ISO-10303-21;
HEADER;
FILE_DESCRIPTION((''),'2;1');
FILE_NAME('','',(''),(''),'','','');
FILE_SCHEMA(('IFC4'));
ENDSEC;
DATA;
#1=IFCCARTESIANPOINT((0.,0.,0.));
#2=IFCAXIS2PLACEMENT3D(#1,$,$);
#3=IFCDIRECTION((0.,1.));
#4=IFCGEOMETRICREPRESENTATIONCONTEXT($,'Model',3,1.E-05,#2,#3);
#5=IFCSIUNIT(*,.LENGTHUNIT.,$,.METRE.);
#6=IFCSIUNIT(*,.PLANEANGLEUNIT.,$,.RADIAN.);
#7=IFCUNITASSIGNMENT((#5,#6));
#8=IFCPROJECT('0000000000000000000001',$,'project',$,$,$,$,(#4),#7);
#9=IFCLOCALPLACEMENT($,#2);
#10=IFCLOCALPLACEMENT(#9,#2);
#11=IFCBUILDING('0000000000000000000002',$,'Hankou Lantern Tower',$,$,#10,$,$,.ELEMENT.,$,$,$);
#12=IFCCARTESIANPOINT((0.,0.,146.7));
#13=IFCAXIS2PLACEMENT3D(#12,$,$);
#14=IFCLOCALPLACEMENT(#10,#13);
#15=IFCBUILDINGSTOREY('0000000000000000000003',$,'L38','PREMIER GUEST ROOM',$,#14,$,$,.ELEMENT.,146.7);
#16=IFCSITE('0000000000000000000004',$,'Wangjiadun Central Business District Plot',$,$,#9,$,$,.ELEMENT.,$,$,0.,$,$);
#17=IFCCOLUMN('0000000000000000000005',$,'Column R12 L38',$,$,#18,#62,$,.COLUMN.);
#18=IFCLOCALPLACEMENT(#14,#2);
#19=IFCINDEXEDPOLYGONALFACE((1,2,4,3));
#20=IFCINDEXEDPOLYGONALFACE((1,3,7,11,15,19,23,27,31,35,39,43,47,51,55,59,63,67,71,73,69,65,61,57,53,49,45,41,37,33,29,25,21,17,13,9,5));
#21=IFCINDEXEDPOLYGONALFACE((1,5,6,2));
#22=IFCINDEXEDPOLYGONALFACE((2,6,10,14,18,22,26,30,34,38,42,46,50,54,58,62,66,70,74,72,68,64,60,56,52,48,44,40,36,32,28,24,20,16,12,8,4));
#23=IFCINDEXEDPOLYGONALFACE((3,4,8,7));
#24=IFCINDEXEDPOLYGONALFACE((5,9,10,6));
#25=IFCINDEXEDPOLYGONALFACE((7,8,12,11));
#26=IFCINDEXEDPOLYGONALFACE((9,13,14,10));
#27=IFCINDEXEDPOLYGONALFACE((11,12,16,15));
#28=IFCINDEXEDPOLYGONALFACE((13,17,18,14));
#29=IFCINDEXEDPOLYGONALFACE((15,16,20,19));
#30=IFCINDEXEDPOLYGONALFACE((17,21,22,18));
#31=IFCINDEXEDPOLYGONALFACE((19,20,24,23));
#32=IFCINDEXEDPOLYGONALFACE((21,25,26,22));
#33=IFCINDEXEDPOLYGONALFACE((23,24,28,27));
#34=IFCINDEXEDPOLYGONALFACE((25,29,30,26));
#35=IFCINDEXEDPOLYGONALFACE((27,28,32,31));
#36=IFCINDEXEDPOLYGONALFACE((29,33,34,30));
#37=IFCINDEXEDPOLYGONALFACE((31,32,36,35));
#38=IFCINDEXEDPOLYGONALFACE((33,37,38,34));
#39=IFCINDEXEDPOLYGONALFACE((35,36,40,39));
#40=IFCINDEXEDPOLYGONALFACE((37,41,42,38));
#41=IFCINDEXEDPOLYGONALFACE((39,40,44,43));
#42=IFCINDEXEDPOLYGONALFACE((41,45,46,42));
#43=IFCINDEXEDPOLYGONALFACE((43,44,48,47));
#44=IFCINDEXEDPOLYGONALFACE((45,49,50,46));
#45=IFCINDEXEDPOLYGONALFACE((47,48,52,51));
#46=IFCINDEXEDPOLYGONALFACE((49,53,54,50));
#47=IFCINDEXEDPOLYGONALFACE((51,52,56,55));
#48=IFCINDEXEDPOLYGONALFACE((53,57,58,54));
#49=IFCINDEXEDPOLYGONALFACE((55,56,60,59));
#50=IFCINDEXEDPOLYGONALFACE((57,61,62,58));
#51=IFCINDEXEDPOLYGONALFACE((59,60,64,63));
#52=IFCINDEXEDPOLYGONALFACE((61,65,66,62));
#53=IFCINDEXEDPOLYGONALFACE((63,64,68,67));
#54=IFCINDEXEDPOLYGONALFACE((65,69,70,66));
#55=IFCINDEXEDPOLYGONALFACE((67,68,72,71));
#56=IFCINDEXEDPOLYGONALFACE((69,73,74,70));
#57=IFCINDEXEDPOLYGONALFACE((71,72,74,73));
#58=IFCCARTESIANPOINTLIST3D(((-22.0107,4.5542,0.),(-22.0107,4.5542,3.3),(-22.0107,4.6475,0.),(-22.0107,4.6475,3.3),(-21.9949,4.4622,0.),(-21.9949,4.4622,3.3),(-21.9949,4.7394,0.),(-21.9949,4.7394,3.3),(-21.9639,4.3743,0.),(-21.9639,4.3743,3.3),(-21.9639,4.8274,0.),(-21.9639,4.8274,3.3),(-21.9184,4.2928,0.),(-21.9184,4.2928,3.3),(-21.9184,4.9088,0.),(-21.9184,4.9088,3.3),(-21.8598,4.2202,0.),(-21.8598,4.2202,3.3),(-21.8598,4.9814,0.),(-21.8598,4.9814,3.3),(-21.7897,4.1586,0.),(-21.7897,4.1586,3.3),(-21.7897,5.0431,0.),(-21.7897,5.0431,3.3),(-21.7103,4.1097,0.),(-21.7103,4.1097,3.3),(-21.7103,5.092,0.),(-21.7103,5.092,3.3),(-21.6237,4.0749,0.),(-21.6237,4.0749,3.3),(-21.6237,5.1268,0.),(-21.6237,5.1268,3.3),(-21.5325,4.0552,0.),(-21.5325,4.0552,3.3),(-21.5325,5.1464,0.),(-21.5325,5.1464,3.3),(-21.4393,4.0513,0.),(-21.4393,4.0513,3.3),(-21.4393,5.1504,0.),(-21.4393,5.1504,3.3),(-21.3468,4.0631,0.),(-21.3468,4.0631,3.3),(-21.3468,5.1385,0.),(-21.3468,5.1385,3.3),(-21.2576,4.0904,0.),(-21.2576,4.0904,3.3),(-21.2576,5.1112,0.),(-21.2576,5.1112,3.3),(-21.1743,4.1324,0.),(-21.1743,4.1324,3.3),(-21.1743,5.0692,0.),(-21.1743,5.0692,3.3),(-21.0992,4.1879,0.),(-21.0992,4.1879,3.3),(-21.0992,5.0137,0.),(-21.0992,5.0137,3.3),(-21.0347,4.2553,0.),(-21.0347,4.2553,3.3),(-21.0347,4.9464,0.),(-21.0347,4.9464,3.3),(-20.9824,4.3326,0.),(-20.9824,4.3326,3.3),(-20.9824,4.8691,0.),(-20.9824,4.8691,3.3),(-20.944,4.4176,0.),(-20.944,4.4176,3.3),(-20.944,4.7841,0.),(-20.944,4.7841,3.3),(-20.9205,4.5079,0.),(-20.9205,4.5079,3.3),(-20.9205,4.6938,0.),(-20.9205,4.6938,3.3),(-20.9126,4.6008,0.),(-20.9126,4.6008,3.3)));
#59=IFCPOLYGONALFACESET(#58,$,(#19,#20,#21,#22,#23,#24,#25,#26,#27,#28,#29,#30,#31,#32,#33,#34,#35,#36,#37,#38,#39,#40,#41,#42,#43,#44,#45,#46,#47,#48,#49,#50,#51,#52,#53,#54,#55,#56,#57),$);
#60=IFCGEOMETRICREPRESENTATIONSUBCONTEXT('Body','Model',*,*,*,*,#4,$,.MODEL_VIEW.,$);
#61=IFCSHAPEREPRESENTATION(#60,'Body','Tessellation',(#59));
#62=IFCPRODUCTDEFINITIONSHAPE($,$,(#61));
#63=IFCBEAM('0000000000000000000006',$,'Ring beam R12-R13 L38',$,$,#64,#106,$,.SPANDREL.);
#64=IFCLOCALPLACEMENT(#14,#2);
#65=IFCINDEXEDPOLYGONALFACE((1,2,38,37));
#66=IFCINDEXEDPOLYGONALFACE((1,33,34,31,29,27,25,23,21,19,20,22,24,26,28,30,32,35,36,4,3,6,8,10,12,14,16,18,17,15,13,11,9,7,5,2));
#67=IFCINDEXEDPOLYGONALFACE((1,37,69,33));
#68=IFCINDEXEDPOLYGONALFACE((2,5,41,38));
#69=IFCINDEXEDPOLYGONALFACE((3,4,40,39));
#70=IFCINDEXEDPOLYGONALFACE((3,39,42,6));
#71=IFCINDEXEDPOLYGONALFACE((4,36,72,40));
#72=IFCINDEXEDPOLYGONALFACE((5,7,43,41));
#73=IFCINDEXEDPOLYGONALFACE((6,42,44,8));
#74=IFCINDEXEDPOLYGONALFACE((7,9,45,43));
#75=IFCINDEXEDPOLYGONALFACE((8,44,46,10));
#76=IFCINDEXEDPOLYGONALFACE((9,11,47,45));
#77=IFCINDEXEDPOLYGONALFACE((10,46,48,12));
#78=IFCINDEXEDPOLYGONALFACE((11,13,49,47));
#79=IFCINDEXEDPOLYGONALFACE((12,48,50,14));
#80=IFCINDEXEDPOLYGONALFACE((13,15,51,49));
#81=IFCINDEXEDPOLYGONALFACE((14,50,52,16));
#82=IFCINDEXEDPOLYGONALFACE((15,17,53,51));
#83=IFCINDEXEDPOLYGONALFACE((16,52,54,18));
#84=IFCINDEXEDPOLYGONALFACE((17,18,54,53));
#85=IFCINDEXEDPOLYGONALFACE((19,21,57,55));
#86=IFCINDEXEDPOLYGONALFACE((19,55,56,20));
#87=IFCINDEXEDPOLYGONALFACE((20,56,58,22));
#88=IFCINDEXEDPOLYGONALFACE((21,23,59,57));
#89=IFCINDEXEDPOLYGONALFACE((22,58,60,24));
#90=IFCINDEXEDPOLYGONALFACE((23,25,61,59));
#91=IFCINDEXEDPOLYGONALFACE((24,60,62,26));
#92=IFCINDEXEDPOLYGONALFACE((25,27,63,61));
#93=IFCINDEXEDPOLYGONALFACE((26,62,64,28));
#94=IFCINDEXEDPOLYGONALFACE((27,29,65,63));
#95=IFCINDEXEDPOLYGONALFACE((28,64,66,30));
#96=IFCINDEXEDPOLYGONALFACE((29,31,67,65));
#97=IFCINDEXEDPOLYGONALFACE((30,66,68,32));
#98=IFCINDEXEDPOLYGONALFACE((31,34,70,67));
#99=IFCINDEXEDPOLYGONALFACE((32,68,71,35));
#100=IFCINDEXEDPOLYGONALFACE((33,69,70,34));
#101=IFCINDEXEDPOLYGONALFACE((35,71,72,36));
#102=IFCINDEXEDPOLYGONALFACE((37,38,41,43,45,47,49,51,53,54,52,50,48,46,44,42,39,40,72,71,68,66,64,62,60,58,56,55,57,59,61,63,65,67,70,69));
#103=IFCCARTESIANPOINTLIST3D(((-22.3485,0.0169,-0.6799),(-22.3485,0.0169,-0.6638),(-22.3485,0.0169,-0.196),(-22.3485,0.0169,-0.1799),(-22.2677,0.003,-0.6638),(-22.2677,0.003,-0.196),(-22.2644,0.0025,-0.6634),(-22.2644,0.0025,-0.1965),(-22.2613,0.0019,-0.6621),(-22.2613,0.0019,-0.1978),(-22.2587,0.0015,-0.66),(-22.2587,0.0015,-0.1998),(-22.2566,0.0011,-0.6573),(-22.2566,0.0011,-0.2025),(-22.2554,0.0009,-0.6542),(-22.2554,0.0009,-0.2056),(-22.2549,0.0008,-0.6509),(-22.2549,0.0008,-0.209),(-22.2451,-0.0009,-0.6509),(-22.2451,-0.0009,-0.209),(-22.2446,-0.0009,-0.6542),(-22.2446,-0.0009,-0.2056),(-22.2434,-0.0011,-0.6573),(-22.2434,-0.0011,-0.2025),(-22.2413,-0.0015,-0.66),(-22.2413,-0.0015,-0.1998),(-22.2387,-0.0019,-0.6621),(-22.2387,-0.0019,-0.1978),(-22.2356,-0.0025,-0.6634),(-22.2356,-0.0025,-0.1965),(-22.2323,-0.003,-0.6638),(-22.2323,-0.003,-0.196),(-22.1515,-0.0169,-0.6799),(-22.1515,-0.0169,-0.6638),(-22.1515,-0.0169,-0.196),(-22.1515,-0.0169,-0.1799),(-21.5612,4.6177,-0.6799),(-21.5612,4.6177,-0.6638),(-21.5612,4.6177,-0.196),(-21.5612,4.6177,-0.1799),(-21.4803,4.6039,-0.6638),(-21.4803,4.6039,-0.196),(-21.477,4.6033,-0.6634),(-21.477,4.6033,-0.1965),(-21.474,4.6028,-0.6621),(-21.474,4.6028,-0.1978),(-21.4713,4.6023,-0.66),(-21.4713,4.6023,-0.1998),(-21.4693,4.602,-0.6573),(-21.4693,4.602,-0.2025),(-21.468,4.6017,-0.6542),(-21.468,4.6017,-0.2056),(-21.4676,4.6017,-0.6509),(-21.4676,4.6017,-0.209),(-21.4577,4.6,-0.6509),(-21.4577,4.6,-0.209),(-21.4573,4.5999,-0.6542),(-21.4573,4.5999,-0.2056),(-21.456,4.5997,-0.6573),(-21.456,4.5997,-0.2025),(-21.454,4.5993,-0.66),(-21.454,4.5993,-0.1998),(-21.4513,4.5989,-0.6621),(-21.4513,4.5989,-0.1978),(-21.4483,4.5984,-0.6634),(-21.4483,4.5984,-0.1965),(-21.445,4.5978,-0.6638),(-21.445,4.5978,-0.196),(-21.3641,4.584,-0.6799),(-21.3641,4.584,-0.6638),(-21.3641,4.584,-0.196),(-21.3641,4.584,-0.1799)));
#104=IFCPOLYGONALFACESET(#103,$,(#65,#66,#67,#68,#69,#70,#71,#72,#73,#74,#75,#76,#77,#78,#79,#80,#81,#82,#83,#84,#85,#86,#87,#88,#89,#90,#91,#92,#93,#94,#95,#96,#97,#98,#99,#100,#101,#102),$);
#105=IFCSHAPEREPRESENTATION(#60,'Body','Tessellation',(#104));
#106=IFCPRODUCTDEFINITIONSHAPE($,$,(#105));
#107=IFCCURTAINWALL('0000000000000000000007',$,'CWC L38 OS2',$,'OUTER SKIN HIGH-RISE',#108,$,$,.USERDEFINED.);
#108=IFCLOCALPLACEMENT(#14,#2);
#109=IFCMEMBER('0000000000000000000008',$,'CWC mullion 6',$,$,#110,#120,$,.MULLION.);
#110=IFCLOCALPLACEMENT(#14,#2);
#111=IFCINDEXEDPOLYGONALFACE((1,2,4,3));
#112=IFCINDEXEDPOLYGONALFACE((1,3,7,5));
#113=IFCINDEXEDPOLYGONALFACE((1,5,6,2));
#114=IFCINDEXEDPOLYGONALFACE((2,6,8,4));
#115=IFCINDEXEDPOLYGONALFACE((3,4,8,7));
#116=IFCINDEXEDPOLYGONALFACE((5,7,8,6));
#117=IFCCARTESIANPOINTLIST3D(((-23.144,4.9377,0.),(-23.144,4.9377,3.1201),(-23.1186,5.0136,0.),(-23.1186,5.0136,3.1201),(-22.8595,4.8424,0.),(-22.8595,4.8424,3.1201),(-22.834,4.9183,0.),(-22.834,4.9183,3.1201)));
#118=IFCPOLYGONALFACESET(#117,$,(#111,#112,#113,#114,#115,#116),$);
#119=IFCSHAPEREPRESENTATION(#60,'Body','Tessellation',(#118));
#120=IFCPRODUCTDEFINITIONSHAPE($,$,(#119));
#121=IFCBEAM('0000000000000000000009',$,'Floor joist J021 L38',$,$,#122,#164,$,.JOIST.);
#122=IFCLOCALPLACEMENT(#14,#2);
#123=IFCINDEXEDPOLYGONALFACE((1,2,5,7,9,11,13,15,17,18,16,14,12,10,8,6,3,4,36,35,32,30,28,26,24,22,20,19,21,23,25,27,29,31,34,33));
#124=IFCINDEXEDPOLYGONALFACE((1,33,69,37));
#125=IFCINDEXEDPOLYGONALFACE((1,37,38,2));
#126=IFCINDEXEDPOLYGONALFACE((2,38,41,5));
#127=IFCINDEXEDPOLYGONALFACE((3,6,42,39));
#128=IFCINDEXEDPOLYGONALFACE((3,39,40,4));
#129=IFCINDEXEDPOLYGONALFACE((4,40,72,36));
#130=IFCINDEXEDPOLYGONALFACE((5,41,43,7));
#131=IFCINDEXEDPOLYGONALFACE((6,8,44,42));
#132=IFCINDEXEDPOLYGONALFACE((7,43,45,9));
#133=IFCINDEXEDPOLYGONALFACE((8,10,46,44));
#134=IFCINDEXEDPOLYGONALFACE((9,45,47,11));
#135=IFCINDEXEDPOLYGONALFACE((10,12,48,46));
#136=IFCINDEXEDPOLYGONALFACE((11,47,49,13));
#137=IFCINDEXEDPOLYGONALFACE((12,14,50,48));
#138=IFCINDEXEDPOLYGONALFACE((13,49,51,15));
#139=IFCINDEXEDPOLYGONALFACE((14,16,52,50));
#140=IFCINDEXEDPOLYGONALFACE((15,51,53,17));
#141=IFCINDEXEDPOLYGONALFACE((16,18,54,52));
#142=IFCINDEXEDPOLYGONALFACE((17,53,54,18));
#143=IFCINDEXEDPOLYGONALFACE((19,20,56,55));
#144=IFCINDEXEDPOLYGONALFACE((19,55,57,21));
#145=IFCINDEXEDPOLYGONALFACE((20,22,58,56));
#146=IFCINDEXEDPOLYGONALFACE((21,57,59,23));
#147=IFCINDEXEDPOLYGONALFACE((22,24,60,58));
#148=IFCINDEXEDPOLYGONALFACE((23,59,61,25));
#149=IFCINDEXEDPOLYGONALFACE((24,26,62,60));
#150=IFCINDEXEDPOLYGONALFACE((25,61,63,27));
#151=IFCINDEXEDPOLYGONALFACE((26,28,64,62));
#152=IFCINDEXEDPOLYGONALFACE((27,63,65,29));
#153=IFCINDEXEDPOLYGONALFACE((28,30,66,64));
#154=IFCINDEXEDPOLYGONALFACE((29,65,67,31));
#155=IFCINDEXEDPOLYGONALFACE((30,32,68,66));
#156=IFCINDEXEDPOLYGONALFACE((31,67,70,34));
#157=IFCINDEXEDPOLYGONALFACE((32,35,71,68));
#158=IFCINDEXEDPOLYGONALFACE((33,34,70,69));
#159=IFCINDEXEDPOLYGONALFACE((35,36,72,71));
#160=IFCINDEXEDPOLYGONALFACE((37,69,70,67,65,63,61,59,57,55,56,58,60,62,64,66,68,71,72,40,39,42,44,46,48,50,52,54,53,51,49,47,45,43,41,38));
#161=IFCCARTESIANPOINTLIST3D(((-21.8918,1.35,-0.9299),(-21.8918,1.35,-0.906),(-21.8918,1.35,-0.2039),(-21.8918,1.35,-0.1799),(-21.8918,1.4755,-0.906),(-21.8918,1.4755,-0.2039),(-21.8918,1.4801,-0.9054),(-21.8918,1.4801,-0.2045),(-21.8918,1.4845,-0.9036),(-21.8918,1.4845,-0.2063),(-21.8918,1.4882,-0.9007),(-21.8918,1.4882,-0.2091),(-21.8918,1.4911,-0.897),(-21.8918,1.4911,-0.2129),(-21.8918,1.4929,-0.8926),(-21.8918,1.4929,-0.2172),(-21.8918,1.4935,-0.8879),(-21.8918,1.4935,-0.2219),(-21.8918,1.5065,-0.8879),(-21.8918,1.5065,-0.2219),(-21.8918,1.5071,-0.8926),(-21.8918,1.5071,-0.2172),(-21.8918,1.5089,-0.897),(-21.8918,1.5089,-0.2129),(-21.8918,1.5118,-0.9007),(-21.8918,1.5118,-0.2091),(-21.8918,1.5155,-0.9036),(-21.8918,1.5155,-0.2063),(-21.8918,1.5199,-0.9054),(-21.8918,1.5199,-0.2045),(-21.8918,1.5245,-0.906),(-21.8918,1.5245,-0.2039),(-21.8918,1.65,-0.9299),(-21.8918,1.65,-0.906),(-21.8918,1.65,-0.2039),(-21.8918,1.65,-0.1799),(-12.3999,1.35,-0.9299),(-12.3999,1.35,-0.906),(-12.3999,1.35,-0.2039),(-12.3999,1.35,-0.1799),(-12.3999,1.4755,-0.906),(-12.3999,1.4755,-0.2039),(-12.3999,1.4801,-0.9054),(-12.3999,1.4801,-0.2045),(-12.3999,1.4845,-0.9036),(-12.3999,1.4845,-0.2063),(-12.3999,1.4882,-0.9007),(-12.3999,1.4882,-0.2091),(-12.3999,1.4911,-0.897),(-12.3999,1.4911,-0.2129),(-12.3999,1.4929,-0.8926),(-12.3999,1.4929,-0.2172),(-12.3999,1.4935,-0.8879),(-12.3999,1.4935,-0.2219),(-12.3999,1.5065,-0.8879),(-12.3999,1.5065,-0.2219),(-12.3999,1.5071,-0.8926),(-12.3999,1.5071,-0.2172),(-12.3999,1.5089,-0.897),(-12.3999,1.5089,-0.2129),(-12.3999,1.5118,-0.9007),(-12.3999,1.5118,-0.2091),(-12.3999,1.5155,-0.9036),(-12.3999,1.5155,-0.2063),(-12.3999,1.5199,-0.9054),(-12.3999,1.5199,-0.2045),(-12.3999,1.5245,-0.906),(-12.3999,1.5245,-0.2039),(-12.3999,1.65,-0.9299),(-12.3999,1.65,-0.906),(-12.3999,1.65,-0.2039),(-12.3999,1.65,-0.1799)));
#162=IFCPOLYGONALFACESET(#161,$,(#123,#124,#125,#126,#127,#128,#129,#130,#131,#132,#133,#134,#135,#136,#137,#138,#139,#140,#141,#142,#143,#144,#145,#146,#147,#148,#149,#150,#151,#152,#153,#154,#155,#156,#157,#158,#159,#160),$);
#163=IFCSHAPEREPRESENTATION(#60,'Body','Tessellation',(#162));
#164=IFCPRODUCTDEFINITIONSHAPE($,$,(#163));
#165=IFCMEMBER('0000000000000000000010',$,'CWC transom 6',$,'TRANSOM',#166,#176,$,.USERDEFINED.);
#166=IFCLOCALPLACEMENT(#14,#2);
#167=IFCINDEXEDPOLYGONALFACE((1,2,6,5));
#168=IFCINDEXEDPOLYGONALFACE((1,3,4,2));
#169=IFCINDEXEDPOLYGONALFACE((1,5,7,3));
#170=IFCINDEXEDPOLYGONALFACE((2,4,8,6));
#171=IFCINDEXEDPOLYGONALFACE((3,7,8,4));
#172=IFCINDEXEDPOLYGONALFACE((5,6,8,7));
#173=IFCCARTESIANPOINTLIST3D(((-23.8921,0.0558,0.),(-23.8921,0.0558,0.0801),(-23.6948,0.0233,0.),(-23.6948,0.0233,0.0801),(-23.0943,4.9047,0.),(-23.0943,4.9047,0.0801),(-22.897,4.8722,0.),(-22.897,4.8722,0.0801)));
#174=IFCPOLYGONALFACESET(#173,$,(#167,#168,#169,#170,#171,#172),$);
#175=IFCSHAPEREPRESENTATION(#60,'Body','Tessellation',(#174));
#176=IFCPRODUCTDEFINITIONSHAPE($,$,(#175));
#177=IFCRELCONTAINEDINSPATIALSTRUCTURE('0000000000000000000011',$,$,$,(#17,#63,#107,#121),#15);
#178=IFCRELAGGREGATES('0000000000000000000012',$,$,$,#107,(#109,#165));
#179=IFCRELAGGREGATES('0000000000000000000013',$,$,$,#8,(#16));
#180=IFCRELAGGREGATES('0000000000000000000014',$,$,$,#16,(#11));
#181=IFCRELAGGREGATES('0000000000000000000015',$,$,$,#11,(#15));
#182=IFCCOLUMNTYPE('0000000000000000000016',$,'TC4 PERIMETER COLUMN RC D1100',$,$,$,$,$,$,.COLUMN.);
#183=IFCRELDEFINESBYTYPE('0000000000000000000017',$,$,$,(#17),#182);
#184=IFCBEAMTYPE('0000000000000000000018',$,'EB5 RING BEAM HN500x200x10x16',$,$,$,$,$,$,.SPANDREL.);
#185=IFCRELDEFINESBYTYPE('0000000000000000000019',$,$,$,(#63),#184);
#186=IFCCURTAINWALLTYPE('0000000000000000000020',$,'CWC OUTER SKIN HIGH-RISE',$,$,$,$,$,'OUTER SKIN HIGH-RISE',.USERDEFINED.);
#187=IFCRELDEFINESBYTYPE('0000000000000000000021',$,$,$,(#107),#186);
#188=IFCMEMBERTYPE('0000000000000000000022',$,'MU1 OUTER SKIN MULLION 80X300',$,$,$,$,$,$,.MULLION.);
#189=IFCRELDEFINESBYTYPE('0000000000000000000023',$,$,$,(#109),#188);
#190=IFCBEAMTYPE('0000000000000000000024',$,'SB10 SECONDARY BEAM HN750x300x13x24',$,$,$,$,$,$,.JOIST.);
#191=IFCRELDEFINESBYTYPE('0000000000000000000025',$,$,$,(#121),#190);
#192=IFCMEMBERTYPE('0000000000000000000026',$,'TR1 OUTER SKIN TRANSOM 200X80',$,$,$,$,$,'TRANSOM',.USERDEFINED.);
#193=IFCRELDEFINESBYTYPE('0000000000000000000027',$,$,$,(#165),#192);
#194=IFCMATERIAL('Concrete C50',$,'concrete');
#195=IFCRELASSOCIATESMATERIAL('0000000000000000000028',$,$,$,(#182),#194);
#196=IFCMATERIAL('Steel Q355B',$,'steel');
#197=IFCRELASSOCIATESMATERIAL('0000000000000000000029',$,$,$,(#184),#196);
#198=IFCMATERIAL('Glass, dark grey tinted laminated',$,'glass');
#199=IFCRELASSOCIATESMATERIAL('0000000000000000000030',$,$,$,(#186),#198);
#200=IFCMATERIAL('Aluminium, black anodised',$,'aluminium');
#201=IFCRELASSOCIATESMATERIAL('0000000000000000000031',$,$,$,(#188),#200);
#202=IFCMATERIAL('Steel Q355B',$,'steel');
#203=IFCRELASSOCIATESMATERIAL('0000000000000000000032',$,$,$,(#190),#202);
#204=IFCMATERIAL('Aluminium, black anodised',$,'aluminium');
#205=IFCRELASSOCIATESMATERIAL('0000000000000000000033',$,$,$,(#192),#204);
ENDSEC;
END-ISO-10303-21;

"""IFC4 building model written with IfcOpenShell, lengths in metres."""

from ifc_helpers import new_model, si_unit, direction, frame, origin, origin_2d, place, context, subcontext, project, spatial, rectangle, circle, i_section, extrude, material, material_profile, profile_set, type_object, element, aggregate, save


model = new_model("IFC4")

# Units and contexts
model_context = context("Model", 3, precision=1e-05, world=origin(), true_north=direction((0.0, 1.0)))
body_context = subcontext(model_context, "Body", "Model", "MODEL_VIEW")
ifc_project = project(units=[si_unit("LENGTHUNIT", "METRE"), si_unit("PLANEANGLEUNIT", "RADIAN")], contexts=[model_context])

# Site, building, storey
site_placement = place(None, origin())
site = spatial("IfcSite", under=ifc_project, at=site_placement, Name="Wangjiadun Central Business District Plot", CompositionType="ELEMENT", RefElevation=0.0)
building_placement = place(site_placement, origin())
building = spatial("IfcBuilding", under=site, at=building_placement, Name="Hankou Lantern Tower", CompositionType="ELEMENT")
storey_placement = place(building_placement, frame((0.0, 0.0, 146.7)))
storey = spatial("IfcBuildingStorey", under=building, at=storey_placement, Name="L38", Description="PREMIER GUEST ROOM", CompositionType="ELEMENT", Elevation=146.7)

# Column
ifc_material_1 = material(Name="Concrete C50", Category="concrete")
ifc_material_profile_1 = material_profile(ifc_material_1, circle(Radius=0.55, at=origin_2d()), Name="RC D1100")
ifc_profile_set_1 = profile_set([ifc_material_profile_1], Name="Concrete C50")
column_type = type_object("IfcColumnType", Name="TC4 PERIMETER COLUMN RC D1100", PredefinedType="COLUMN", material=ifc_profile_set_1)
column_placement = place(storey_placement, frame((-21.4626, 4.6008, 0.0), z_axis=(0.0, 0.0, 1.0), x_axis=(1.0, 0.0, 0.0)))
element("IfcColumn", 1, at=column_placement, inside=storey, type_object=column_type, Name="Column R12 L38", PredefinedType="COLUMN", context=body_context, shape_type="SweptSolid", body=[
    extrude(circle(Radius=0.55, at=origin_2d()), origin(), (0.0, 0.0, 1.0), 3.3),
])

# Beam
ifc_material_2 = material(Name="Steel Q355B", Category="steel")
ifc_material_profile_2 = material_profile(ifc_material_2, i_section(OverallWidth=0.2, OverallDepth=0.5, WebThickness=0.01, FlangeThickness=0.0161, FilletRadius=0.0129, at=origin_2d()), Name="HN500x200x10x16")
ifc_profile_set_2 = profile_set([ifc_material_profile_2], Name="Steel Q355B")
beam_type_1 = type_object("IfcBeamType", Name="EB5 RING BEAM HN500x200x10x16", PredefinedType="SPANDREL", material=ifc_profile_set_2)
beam_1_placement = place(storey_placement, frame((-21.4626, 4.6008, -0.4299), z_axis=(-0.168681, -0.985671, 0.0), x_axis=(0.985671, -0.168681, 0.0)))
element("IfcBeam", 2, at=beam_1_placement, inside=storey, type_object=beam_type_1, Name="Ring beam R12-R13 L38", PredefinedType="SPANDREL", context=body_context, shape_type="SweptSolid", body=[
    extrude(i_section(OverallWidth=0.2, OverallDepth=0.5, WebThickness=0.01, FlangeThickness=0.0161, FilletRadius=0.0129, at=origin_2d()), origin(), (0.0, 0.0, 1.0), 4.6677),
])

# Curtain wall, member
ifc_material_3 = material(Name="Glass, dark grey tinted laminated", Category="glass")
curtain_wall_type = type_object("IfcCurtainWallType", Name="CWC OUTER SKIN HIGH-RISE", ElementType="OUTER SKIN HIGH-RISE", PredefinedType="USERDEFINED", material=ifc_material_3)
curtain_wall_placement = place(storey_placement, origin())
curtain_wall = element("IfcCurtainWall", 3, at=curtain_wall_placement, inside=storey, type_object=curtain_wall_type, Name="CWC L38 OS2", ObjectType="OUTER SKIN HIGH-RISE", PredefinedType="USERDEFINED")
ifc_material_4 = material(Name="Aluminium, black anodised", Category="aluminium")
ifc_material_profile_3 = material_profile(ifc_material_4, rectangle(XDim=0.0801, YDim=0.3, at=origin_2d()), Name="MU1 80X300")
ifc_profile_set_3 = profile_set([ifc_material_profile_3], Name="Aluminium, black anodised")
member_type_1 = type_object("IfcMemberType", Name="MU1 OUTER SKIN MULLION 80X300", PredefinedType="MULLION", material=ifc_profile_set_3)
member_1_placement = place(storey_placement, frame((-22.989, 4.928, 0.0), z_axis=(0.0, 0.0, 1.0), x_axis=(-0.317596, -0.948226, 0.0)))
member_1 = element("IfcMember", 4, at=member_1_placement, type_object=member_type_1, Name="CWC mullion 6", PredefinedType="MULLION", context=body_context, shape_type="SweptSolid", body=[
    extrude(rectangle(XDim=0.0801, YDim=0.3, at=origin_2d()), origin(), (0.0, 0.0, 1.0), 3.1201),
])

# Beam
ifc_material_5 = material(Name="Steel Q355B", Category="steel")
ifc_material_profile_4 = material_profile(ifc_material_5, i_section(OverallWidth=0.3, OverallDepth=0.75, WebThickness=0.0129, FlangeThickness=0.0239, FilletRadius=0.0181, at=origin_2d()), Name="HN750x300x13x24")
ifc_profile_set_4 = profile_set([ifc_material_profile_4], Name="Steel Q355B")
beam_type_2 = type_object("IfcBeamType", Name="SB10 SECONDARY BEAM HN750x300x13x24", PredefinedType="JOIST", material=ifc_profile_set_4)
beam_2_placement = place(storey_placement, frame((-21.8918, 1.5, -0.5549), z_axis=(1.0, 0.0, 0.0), x_axis=(0.0, 1.0, 0.0)))
element("IfcBeam", 5, at=beam_2_placement, inside=storey, type_object=beam_type_2, Name="Floor joist J021 L38", PredefinedType="JOIST", context=body_context, shape_type="SweptSolid", body=[
    extrude(i_section(OverallWidth=0.3, OverallDepth=0.75, WebThickness=0.0129, FlangeThickness=0.0239, FilletRadius=0.0181, at=origin_2d()), origin(), (0.0, 0.0, 1.0), 9.4919),
])

# Member
ifc_material_6 = material(Name="Aluminium, black anodised", Category="aluminium")
ifc_material_profile_5 = material_profile(ifc_material_6, rectangle(XDim=0.2, YDim=0.0801, at=origin_2d()), Name="TR1 200X80")
ifc_profile_set_5 = profile_set([ifc_material_profile_5], Name="Aluminium, black anodised")
member_type_2 = type_object("IfcMemberType", Name="TR1 OUTER SKIN TRANSOM 200X80", ElementType="TRANSOM", PredefinedType="USERDEFINED", material=ifc_profile_set_5)
member_2_placement = place(storey_placement, frame((-22.9956, 4.8884, 0.04), z_axis=(-0.16236, -0.986732, 0.0), x_axis=(0.986732, -0.16236, 0.0)))
member_2 = element("IfcMember", 6, at=member_2_placement, type_object=member_type_2, Name="CWC transom 6", ObjectType="TRANSOM", PredefinedType="USERDEFINED", context=body_context, shape_type="SweptSolid", body=[
    extrude(rectangle(XDim=0.2, YDim=0.0801, at=origin_2d()), origin(), (0.0, 0.0, 1.0), 4.9141),
])

aggregate(curtain_wall, [member_1, member_2])

save(model, "model.ifc")
